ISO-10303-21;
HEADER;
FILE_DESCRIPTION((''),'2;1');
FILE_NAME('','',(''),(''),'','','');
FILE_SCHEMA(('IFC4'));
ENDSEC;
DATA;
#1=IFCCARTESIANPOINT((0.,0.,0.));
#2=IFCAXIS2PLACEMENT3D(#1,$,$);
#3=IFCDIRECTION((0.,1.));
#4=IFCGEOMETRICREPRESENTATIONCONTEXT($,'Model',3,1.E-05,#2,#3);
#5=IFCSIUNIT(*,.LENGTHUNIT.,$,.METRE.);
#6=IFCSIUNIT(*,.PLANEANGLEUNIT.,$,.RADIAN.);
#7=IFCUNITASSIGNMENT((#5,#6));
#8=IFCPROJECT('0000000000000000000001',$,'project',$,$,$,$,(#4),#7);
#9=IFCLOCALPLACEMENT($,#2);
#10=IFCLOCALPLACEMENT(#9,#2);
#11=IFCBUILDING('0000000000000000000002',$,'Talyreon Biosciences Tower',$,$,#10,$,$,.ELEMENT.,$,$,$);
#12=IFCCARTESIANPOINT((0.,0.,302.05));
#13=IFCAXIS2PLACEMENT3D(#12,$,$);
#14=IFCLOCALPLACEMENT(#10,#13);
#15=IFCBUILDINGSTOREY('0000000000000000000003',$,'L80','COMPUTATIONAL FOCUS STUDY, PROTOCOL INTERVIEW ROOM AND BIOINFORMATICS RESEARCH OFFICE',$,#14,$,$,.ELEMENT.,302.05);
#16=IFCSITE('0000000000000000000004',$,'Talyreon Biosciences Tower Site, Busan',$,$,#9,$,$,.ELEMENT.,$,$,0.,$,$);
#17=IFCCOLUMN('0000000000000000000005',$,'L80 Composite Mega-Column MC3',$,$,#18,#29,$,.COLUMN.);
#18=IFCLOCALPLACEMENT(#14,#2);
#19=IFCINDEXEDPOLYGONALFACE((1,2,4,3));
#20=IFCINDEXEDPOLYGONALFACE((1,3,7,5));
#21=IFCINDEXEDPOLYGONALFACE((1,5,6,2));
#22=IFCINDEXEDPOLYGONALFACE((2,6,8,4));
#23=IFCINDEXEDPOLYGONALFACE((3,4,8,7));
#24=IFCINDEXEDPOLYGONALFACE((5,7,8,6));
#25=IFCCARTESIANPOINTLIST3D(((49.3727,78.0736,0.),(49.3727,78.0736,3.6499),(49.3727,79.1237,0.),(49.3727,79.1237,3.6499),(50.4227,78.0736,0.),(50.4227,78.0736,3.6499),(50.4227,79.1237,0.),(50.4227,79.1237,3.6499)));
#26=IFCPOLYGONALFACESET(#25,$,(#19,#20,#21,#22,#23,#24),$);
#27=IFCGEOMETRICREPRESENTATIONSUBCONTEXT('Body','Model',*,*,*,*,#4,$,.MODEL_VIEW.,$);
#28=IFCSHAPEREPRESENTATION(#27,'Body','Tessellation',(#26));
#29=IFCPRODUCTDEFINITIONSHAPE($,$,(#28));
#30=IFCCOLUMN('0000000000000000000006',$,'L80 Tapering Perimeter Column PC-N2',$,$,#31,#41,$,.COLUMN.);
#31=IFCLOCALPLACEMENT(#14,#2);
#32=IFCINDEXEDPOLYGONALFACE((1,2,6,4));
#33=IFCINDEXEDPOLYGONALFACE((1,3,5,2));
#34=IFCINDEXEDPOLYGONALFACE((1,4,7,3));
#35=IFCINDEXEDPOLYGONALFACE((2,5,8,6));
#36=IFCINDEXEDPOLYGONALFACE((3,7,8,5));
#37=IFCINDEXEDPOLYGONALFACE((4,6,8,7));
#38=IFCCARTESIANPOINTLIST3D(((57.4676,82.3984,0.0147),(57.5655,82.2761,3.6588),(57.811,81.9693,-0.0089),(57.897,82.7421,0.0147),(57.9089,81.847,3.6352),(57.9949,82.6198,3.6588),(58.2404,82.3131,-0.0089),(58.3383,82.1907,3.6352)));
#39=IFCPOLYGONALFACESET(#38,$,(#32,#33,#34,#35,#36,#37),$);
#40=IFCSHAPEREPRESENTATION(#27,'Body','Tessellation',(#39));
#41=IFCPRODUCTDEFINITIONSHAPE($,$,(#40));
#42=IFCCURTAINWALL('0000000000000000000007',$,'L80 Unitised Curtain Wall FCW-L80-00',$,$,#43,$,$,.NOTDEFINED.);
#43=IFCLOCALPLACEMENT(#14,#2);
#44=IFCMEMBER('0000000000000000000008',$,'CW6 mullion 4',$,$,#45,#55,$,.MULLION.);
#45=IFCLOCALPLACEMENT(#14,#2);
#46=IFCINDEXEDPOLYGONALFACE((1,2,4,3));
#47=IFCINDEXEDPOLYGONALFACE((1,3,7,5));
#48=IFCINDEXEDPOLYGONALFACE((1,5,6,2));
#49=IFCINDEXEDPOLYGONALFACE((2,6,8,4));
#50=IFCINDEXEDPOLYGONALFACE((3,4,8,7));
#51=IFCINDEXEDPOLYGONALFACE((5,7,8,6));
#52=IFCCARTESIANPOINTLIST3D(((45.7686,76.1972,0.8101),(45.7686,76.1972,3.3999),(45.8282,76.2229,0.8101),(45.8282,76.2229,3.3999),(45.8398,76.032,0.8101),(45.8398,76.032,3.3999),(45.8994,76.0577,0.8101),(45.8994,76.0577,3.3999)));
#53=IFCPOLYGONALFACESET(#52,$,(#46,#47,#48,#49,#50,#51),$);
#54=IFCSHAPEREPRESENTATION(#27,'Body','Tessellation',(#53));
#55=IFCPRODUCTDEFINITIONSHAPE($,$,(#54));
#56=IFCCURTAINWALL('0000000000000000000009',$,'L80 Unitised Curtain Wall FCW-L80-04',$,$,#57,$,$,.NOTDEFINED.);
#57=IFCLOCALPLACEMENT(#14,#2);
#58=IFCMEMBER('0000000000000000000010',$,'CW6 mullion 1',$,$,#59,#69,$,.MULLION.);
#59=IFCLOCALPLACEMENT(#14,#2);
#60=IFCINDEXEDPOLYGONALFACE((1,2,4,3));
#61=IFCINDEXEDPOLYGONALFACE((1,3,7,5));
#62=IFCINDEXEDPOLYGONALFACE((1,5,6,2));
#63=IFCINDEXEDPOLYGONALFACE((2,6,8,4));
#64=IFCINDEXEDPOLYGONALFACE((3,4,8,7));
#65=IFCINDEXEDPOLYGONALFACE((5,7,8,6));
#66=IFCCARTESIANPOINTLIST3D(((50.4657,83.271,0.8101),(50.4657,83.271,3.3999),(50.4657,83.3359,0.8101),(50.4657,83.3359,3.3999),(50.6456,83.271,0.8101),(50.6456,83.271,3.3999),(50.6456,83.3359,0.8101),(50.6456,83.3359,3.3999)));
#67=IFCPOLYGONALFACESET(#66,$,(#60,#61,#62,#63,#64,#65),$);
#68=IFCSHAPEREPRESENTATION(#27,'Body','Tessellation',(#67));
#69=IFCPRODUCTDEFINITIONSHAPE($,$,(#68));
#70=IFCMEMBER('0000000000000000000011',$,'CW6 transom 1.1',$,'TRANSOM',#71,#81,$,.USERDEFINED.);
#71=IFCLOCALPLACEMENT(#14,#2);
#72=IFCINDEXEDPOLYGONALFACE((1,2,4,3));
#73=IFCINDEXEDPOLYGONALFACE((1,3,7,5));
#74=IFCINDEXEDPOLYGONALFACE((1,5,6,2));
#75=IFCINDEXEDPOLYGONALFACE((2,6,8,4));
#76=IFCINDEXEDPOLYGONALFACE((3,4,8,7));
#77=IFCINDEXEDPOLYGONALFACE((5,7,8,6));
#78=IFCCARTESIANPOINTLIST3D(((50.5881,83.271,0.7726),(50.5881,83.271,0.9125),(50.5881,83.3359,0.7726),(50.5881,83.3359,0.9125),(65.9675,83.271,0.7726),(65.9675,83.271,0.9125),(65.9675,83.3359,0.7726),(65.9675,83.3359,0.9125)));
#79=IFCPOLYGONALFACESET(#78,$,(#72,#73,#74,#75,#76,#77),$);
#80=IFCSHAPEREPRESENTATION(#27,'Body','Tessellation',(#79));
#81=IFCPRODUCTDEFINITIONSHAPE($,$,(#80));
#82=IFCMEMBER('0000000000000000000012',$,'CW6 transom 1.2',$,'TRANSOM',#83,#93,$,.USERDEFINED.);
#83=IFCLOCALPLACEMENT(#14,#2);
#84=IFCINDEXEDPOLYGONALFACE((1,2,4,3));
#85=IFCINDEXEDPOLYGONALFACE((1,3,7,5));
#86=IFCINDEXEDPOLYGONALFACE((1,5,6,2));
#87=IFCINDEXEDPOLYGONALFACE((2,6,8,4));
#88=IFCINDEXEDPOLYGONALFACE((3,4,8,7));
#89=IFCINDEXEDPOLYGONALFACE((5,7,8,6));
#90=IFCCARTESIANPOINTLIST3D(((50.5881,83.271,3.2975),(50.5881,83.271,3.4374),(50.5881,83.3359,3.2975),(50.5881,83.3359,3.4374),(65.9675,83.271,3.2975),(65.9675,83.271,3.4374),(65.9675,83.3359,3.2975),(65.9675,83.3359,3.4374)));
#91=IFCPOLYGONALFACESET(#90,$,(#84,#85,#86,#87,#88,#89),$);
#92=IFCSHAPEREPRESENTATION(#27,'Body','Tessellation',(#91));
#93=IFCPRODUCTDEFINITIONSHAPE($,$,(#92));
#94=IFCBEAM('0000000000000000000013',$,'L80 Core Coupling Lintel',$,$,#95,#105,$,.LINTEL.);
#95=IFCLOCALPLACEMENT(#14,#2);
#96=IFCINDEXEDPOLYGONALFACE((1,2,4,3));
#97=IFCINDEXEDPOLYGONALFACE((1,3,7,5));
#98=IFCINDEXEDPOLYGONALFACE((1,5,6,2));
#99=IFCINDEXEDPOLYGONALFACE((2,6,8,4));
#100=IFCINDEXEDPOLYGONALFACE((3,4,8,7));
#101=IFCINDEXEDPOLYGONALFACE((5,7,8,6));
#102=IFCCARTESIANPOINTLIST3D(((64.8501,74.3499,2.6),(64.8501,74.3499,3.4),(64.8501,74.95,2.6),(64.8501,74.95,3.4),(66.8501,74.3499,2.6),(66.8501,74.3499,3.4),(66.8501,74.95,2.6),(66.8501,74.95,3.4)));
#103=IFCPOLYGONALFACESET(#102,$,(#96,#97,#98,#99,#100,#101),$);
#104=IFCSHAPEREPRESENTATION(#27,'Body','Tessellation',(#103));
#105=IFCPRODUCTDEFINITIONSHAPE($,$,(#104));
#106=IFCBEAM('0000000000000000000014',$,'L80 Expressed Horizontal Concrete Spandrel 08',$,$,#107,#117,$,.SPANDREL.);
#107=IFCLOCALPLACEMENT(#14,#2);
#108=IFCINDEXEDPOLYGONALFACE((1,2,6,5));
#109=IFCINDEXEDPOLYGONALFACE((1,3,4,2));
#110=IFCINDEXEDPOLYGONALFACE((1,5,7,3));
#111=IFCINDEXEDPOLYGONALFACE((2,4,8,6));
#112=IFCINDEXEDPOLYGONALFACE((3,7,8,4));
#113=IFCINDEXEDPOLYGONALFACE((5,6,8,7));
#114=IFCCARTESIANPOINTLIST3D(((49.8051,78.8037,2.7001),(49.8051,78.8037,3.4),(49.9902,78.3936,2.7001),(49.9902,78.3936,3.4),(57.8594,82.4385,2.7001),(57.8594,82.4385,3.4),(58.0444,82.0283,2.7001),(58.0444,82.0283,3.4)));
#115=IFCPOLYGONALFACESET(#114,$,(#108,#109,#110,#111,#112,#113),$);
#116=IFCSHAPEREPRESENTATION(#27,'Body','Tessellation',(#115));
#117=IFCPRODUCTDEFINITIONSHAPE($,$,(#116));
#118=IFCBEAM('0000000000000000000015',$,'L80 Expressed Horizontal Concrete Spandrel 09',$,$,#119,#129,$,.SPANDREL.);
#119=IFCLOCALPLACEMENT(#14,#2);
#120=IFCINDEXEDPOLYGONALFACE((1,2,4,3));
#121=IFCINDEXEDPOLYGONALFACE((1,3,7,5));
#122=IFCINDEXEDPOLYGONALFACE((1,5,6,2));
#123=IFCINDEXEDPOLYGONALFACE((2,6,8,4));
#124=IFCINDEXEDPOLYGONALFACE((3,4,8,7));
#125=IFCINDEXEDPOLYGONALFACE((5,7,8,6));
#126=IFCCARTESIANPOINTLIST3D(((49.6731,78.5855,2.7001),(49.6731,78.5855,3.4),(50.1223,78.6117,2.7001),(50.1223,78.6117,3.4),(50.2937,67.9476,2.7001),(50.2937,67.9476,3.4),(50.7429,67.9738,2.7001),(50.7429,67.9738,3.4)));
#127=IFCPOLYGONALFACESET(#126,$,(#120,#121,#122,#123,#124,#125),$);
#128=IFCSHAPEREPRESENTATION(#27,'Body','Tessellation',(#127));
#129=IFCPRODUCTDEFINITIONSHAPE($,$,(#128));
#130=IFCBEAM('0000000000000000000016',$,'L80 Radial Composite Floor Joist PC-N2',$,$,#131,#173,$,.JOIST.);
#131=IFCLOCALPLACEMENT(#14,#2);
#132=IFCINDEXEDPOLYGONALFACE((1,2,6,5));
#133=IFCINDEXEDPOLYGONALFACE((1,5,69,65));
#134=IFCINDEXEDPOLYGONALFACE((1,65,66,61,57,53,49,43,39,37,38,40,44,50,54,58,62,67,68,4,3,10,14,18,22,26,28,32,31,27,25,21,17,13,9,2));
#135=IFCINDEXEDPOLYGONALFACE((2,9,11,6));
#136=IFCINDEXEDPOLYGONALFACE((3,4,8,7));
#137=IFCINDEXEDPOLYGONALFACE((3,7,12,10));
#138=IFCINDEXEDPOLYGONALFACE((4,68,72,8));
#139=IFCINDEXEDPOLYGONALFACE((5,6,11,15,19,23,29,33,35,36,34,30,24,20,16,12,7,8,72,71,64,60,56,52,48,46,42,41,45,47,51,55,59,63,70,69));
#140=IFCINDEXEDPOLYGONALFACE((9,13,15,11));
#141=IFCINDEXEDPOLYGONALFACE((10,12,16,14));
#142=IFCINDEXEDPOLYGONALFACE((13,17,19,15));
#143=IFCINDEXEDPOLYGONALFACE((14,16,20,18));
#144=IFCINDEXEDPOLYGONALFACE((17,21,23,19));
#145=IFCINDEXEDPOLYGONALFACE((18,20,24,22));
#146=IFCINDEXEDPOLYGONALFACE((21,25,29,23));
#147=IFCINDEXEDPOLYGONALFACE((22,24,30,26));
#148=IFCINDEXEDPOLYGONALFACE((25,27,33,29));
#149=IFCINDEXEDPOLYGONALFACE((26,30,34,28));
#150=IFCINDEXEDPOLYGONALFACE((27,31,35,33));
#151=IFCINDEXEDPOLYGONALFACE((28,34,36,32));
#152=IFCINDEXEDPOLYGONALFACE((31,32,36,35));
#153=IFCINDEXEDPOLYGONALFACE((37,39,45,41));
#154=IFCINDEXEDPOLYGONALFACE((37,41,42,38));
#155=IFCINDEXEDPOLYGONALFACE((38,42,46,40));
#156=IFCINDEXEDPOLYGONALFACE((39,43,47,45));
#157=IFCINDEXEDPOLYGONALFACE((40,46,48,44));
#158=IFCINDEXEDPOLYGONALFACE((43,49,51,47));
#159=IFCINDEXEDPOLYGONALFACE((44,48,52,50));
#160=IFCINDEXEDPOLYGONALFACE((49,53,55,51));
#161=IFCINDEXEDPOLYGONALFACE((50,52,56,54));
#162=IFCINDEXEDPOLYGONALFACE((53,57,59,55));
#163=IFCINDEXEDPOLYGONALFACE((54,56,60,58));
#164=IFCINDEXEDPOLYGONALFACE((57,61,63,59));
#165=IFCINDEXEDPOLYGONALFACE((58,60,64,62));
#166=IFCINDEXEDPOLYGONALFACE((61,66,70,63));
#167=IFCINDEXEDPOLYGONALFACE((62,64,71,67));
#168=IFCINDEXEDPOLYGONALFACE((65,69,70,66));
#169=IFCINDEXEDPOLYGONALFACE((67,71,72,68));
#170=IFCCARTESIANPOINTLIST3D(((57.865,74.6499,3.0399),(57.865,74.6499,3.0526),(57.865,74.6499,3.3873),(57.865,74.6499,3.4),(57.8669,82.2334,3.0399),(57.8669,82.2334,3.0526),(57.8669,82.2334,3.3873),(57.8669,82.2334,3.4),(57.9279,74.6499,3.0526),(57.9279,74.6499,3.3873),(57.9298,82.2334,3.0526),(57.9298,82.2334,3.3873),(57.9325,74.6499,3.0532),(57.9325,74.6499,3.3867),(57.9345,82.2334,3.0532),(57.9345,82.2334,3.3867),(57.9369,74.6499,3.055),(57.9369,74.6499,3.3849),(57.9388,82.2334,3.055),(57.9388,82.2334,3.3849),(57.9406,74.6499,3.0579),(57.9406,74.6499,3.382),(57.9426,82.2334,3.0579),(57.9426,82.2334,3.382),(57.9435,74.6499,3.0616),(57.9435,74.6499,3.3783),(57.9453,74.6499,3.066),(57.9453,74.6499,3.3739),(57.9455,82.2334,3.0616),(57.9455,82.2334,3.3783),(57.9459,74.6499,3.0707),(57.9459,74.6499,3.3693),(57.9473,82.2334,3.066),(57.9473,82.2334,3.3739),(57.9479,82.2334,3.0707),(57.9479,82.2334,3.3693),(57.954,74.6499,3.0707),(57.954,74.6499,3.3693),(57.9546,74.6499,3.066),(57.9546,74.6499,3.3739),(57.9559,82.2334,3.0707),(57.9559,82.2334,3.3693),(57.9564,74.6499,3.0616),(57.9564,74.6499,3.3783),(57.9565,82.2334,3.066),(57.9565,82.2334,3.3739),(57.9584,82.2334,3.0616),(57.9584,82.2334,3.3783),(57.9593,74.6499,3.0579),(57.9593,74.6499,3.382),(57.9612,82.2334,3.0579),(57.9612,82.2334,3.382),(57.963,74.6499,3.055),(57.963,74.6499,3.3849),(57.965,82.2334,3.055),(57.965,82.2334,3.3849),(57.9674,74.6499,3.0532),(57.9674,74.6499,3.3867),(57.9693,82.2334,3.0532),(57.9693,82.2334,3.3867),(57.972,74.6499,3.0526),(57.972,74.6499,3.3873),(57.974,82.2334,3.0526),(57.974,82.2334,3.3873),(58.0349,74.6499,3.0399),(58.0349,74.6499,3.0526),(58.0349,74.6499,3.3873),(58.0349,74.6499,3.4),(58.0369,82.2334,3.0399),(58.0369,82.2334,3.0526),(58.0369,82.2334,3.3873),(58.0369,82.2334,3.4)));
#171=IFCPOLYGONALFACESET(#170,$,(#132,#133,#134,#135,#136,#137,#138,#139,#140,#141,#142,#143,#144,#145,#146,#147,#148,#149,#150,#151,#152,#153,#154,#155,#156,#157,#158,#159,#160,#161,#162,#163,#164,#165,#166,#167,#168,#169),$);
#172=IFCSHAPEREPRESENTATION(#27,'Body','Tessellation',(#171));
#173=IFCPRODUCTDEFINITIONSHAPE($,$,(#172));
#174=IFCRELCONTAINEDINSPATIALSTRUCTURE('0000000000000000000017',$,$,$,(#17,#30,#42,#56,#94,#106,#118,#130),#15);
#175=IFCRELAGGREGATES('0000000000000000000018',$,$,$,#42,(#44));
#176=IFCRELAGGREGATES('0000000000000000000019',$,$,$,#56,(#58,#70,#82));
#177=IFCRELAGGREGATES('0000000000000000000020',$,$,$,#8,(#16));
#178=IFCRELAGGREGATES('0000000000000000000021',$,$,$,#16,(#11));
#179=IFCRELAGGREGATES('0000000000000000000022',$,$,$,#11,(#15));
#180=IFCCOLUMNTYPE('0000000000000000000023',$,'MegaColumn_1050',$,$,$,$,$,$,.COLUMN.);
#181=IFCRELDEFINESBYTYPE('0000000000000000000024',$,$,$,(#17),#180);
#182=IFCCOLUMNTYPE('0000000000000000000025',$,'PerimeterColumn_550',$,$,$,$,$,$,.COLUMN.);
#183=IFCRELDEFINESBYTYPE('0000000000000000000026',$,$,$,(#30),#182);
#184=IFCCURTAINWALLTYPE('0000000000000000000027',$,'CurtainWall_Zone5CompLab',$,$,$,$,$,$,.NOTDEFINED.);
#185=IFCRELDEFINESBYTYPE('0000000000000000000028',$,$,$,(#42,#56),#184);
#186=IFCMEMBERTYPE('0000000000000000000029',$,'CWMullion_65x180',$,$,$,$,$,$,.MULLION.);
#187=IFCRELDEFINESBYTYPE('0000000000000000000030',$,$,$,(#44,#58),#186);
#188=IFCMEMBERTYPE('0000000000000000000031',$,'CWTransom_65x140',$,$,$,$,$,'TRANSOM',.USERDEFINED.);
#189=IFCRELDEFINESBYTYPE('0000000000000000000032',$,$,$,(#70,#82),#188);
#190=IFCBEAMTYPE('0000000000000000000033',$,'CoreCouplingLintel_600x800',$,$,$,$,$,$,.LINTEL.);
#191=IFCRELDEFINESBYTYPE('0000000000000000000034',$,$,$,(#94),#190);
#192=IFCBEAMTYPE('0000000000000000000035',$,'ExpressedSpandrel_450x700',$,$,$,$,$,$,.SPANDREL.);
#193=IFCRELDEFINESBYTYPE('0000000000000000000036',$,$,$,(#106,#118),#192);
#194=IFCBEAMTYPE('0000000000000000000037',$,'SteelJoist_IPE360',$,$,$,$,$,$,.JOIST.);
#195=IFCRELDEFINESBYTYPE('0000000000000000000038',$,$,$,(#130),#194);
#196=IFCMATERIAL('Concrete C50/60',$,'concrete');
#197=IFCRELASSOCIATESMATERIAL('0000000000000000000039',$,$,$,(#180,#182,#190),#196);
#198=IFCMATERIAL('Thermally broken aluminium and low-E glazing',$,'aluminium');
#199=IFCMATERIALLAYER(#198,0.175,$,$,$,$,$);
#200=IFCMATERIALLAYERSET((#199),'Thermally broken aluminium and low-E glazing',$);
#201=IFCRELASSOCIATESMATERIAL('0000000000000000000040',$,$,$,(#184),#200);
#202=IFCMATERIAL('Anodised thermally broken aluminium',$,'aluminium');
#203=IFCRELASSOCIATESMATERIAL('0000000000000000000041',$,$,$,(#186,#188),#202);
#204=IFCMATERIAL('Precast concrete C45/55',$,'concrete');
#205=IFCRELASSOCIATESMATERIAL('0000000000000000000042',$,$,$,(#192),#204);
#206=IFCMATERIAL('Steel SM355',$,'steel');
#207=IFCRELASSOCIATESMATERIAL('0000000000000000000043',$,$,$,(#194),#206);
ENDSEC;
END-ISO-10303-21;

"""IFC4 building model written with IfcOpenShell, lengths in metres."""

from ifc_helpers import new_model, si_unit, direction, frame, origin, origin_2d, place, context, subcontext, project, spatial, rectangle, i_section, extrude, material, layer, layer_set, material_profile, profile_set, type_object, element, aggregate, save


model = new_model("IFC4")

# Units and contexts
model_context = context("Model", 3, precision=1e-05, world=origin(), true_north=direction((0.0, 1.0)))
body_context = subcontext(model_context, "Body", "Model", "MODEL_VIEW")
ifc_project = project(units=[si_unit("LENGTHUNIT", "METRE"), si_unit("PLANEANGLEUNIT", "RADIAN")], contexts=[model_context])

# Site, building, storey
site_placement = place(None, origin())
site = spatial("IfcSite", under=ifc_project, at=site_placement, Name="Talyreon Biosciences Tower Site, Busan", CompositionType="ELEMENT", RefElevation=0.0)
building_placement = place(site_placement, origin())
building = spatial("IfcBuilding", under=site, at=building_placement, Name="Talyreon Biosciences Tower", CompositionType="ELEMENT")
storey_placement = place(building_placement, frame((0.0, 0.0, 302.05)))
storey = spatial("IfcBuildingStorey", under=building, at=storey_placement, Name="L80", Description="COMPUTATIONAL FOCUS STUDY, PROTOCOL INTERVIEW ROOM AND BIOINFORMATICS RESEARCH OFFICE", CompositionType="ELEMENT", Elevation=302.05)

# Columns
ifc_material_1 = material(Name="Concrete C50/60", Category="concrete")
ifc_material_profile_1 = material_profile(ifc_material_1, rectangle(XDim=1.05, YDim=1.05, at=origin_2d()), Name="RC 1050x1050")
ifc_profile_set_1 = profile_set([ifc_material_profile_1], Name="Concrete C50/60")
column_type_1 = type_object("IfcColumnType", Name="MegaColumn_1050", PredefinedType="COLUMN", material=ifc_profile_set_1)
column_1_placement = place(storey_placement, frame((49.8977, 78.5986, 0.0), z_axis=(0.0, 0.0, 1.0), x_axis=(1.0, 0.0, 0.0)))
element("IfcColumn", 1, at=column_1_placement, inside=storey, type_object=column_type_1, Name="L80 Composite Mega-Column MC3", PredefinedType="COLUMN", context=body_context, shape_type="SweptSolid", body=[
    extrude(rectangle(XDim=1.05, YDim=1.05, at=origin_2d()), origin(), (0.0, 0.0, 1.0), 3.6499),
])
ifc_material_profile_2 = material_profile(ifc_material_1, rectangle(XDim=0.55, YDim=0.55, at=origin_2d()), Name="RC 550x550")
ifc_profile_set_2 = profile_set([ifc_material_profile_2], Name="Concrete C50/60")
column_type_2 = type_object("IfcColumnType", Name="PerimeterColumn_550", PredefinedType="COLUMN", material=ifc_profile_set_2)
column_2_placement = place(storey_placement, frame((57.854, 82.3557, 0.0029), z_axis=(0.026841, -0.033535, 0.999077), x_axis=(-0.780717, -0.624885, 0.0)))
element("IfcColumn", 2, at=column_2_placement, inside=storey, type_object=column_type_2, Name="L80 Tapering Perimeter Column PC-N2", PredefinedType="COLUMN", context=body_context, shape_type="SweptSolid", body=[
    extrude(rectangle(XDim=0.55, YDim=0.55, at=origin_2d()), origin(), (0.0, 0.0, 1.0), 3.6475),
])

# Curtain wall, member
ifc_material_2 = material(Name="Thermally broken aluminium and low-E glazing", Category="aluminium")
ifc_layer_1 = layer(ifc_material_2, 0.175)
ifc_layer_set_1 = layer_set([ifc_layer_1], Name="Thermally broken aluminium and low-E glazing")
curtain_wall_type = type_object("IfcCurtainWallType", Name="CurtainWall_Zone5CompLab", PredefinedType="NOTDEFINED", material=ifc_layer_set_1)
curtain_wall_1_placement = place(storey_placement, origin())
curtain_wall_1 = element("IfcCurtainWall", 3, at=curtain_wall_1_placement, inside=storey, type_object=curtain_wall_type, Name="L80 Unitised Curtain Wall FCW-L80-00", PredefinedType="NOTDEFINED")
ifc_material_3 = material(Name="Anodised thermally broken aluminium", Category="aluminium")
ifc_material_profile_3 = material_profile(ifc_material_3, rectangle(XDim=0.0649, YDim=0.1799, at=origin_2d()), Name="ALUM MULLION 65x180")
ifc_profile_set_3 = profile_set([ifc_material_profile_3], Name="Anodised thermally broken aluminium")
member_type_1 = type_object("IfcMemberType", Name="CWMullion_65x180", PredefinedType="MULLION", material=ifc_profile_set_3)
member_1_placement = place(storey_placement, frame((45.834, 76.1274, 0.8101), z_axis=(0.0, 0.0, 1.0), x_axis=(-0.918363, -0.395738, 0.0)))
member_1 = element("IfcMember", 4, at=member_1_placement, type_object=member_type_1, Name="CW6 mullion 4", PredefinedType="MULLION", context=body_context, shape_type="SweptSolid", body=[
    extrude(rectangle(XDim=0.0649, YDim=0.1799, at=origin_2d()), origin(), (0.0, 0.0, 1.0), 2.5898),
])
aggregate(curtain_wall_1, [member_1])

# Curtain wall, members
curtain_wall_2_placement = place(storey_placement, origin())
curtain_wall_2 = element("IfcCurtainWall", 5, at=curtain_wall_2_placement, inside=storey, type_object=curtain_wall_type, Name="L80 Unitised Curtain Wall FCW-L80-04", PredefinedType="NOTDEFINED")
member_2_placement = place(storey_placement, frame((50.5557, 83.3035, 0.8101), z_axis=(0.0, 0.0, 1.0), x_axis=(0.0, 1.0, 0.0)))
member_2 = element("IfcMember", 6, at=member_2_placement, type_object=member_type_1, Name="CW6 mullion 1", PredefinedType="MULLION", context=body_context, shape_type="SweptSolid", body=[
    extrude(rectangle(XDim=0.0649, YDim=0.1799, at=origin_2d()), origin(), (0.0, 0.0, 1.0), 2.5898),
])
ifc_material_profile_4 = material_profile(ifc_material_3, rectangle(XDim=0.0649, YDim=0.1399, at=origin_2d()), Name="ALUM TRANSOM 65x140")
ifc_profile_set_4 = profile_set([ifc_material_profile_4], Name="Anodised thermally broken aluminium")
member_type_2 = type_object("IfcMemberType", Name="CWTransom_65x140", ElementType="TRANSOM", PredefinedType="USERDEFINED", material=ifc_profile_set_4)
member_3_placement = place(storey_placement, frame((50.5881, 83.3035, 0.8425), z_axis=(1.0, 0.0, 0.0), x_axis=(0.0, 1.0, 0.0)))
member_3 = element("IfcMember", 7, at=member_3_placement, type_object=member_type_2, Name="CW6 transom 1.1", ObjectType="TRANSOM", PredefinedType="USERDEFINED", context=body_context, shape_type="SweptSolid", body=[
    extrude(rectangle(XDim=0.0649, YDim=0.1399, at=origin_2d()), origin(), (0.0, 0.0, 1.0), 15.3794),
])
member_4_placement = place(storey_placement, frame((50.5881, 83.3035, 3.3674), z_axis=(1.0, 0.0, 0.0), x_axis=(0.0, 1.0, 0.0)))
member_4 = element("IfcMember", 8, at=member_4_placement, type_object=member_type_2, Name="CW6 transom 1.2", ObjectType="TRANSOM", PredefinedType="USERDEFINED", context=body_context, shape_type="SweptSolid", body=[
    extrude(rectangle(XDim=0.0649, YDim=0.1399, at=origin_2d()), origin(), (0.0, 0.0, 1.0), 15.3794),
])

# Beams
ifc_material_profile_5 = material_profile(ifc_material_1, rectangle(XDim=0.6001, YDim=0.8, at=origin_2d()), Name="RCB 600x800")
ifc_profile_set_5 = profile_set([ifc_material_profile_5], Name="Concrete C50/60")
beam_type_1 = type_object("IfcBeamType", Name="CoreCouplingLintel_600x800", PredefinedType="LINTEL", material=ifc_profile_set_5)
beam_1_placement = place(storey_placement, frame((64.8501, 74.6499, 3.0), z_axis=(1.0, 0.0, 0.0), x_axis=(0.0, 1.0, 0.0)))
element("IfcBeam", 9, at=beam_1_placement, inside=storey, type_object=beam_type_1, Name="L80 Core Coupling Lintel", PredefinedType="LINTEL", context=body_context, shape_type="SweptSolid", body=[
    extrude(rectangle(XDim=0.6001, YDim=0.8, at=origin_2d()), origin(), (0.0, 0.0, 1.0), 2.0),
])
ifc_material_4 = material(Name="Precast concrete C45/55", Category="concrete")
ifc_material_profile_6 = material_profile(ifc_material_4, rectangle(XDim=0.45, YDim=0.7, at=origin_2d()), Name="RCB 450x700")
ifc_profile_set_6 = profile_set([ifc_material_profile_6], Name="Precast concrete C45/55")
beam_type_2 = type_object("IfcBeamType", Name="ExpressedSpandrel_450x700", PredefinedType="SPANDREL", material=ifc_profile_set_6)
beam_2_placement = place(storey_placement, frame((57.9519, 82.2334, 3.05), z_axis=(-0.911482, -0.411341, 0.0), x_axis=(0.411341, -0.911482, 0.0)))
element("IfcBeam", 10, at=beam_2_placement, inside=storey, type_object=beam_type_2, Name="L80 Expressed Horizontal Concrete Spandrel 08", PredefinedType="SPANDREL", context=body_context, shape_type="SweptSolid", body=[
    extrude(rectangle(XDim=0.45, YDim=0.7, at=origin_2d()), origin(), (0.0, 0.0, 1.0), 8.8364),
])
beam_3_placement = place(storey_placement, frame((49.8977, 78.5986, 3.05), z_axis=(0.05824, -0.998303, 0.0), x_axis=(0.998303, 0.05824, 0.0)))
element("IfcBeam", 11, at=beam_3_placement, inside=storey, type_object=beam_type_2, Name="L80 Expressed Horizontal Concrete Spandrel 09", PredefinedType="SPANDREL", context=body_context, shape_type="SweptSolid", body=[
    extrude(rectangle(XDim=0.45, YDim=0.7, at=origin_2d()), origin(), (0.0, 0.0, 1.0), 10.656),
])
ifc_material_5 = material(Name="Steel SM355", Category="steel")
ifc_material_profile_7 = material_profile(ifc_material_5, i_section(OverallWidth=0.1699, OverallDepth=0.3601, WebThickness=0.0081, FlangeThickness=0.0127, FilletRadius=0.0181, at=origin_2d()), Name="IPE360")
ifc_profile_set_7 = profile_set([ifc_material_profile_7], Name="Steel SM355")
beam_type_3 = type_object("IfcBeamType", Name="SteelJoist_IPE360", PredefinedType="JOIST", material=ifc_profile_set_7)
beam_4_placement = place(storey_placement, frame((57.95, 74.6499, 3.22), z_axis=(0.000258, 1.0, 0.0), x_axis=(-1.0, 0.000258, 0.0)))
element("IfcBeam", 12, at=beam_4_placement, inside=storey, type_object=beam_type_3, Name="L80 Radial Composite Floor Joist PC-N2", PredefinedType="JOIST", context=body_context, shape_type="SweptSolid", body=[
    extrude(i_section(OverallWidth=0.1699, OverallDepth=0.3601, WebThickness=0.0081, FlangeThickness=0.0127, FilletRadius=0.0181, at=origin_2d()), origin(), (0.0, 0.0, 1.0), 7.5835),
])

aggregate(curtain_wall_2, [member_2, member_3, member_4])

save(model, "model.ifc")
